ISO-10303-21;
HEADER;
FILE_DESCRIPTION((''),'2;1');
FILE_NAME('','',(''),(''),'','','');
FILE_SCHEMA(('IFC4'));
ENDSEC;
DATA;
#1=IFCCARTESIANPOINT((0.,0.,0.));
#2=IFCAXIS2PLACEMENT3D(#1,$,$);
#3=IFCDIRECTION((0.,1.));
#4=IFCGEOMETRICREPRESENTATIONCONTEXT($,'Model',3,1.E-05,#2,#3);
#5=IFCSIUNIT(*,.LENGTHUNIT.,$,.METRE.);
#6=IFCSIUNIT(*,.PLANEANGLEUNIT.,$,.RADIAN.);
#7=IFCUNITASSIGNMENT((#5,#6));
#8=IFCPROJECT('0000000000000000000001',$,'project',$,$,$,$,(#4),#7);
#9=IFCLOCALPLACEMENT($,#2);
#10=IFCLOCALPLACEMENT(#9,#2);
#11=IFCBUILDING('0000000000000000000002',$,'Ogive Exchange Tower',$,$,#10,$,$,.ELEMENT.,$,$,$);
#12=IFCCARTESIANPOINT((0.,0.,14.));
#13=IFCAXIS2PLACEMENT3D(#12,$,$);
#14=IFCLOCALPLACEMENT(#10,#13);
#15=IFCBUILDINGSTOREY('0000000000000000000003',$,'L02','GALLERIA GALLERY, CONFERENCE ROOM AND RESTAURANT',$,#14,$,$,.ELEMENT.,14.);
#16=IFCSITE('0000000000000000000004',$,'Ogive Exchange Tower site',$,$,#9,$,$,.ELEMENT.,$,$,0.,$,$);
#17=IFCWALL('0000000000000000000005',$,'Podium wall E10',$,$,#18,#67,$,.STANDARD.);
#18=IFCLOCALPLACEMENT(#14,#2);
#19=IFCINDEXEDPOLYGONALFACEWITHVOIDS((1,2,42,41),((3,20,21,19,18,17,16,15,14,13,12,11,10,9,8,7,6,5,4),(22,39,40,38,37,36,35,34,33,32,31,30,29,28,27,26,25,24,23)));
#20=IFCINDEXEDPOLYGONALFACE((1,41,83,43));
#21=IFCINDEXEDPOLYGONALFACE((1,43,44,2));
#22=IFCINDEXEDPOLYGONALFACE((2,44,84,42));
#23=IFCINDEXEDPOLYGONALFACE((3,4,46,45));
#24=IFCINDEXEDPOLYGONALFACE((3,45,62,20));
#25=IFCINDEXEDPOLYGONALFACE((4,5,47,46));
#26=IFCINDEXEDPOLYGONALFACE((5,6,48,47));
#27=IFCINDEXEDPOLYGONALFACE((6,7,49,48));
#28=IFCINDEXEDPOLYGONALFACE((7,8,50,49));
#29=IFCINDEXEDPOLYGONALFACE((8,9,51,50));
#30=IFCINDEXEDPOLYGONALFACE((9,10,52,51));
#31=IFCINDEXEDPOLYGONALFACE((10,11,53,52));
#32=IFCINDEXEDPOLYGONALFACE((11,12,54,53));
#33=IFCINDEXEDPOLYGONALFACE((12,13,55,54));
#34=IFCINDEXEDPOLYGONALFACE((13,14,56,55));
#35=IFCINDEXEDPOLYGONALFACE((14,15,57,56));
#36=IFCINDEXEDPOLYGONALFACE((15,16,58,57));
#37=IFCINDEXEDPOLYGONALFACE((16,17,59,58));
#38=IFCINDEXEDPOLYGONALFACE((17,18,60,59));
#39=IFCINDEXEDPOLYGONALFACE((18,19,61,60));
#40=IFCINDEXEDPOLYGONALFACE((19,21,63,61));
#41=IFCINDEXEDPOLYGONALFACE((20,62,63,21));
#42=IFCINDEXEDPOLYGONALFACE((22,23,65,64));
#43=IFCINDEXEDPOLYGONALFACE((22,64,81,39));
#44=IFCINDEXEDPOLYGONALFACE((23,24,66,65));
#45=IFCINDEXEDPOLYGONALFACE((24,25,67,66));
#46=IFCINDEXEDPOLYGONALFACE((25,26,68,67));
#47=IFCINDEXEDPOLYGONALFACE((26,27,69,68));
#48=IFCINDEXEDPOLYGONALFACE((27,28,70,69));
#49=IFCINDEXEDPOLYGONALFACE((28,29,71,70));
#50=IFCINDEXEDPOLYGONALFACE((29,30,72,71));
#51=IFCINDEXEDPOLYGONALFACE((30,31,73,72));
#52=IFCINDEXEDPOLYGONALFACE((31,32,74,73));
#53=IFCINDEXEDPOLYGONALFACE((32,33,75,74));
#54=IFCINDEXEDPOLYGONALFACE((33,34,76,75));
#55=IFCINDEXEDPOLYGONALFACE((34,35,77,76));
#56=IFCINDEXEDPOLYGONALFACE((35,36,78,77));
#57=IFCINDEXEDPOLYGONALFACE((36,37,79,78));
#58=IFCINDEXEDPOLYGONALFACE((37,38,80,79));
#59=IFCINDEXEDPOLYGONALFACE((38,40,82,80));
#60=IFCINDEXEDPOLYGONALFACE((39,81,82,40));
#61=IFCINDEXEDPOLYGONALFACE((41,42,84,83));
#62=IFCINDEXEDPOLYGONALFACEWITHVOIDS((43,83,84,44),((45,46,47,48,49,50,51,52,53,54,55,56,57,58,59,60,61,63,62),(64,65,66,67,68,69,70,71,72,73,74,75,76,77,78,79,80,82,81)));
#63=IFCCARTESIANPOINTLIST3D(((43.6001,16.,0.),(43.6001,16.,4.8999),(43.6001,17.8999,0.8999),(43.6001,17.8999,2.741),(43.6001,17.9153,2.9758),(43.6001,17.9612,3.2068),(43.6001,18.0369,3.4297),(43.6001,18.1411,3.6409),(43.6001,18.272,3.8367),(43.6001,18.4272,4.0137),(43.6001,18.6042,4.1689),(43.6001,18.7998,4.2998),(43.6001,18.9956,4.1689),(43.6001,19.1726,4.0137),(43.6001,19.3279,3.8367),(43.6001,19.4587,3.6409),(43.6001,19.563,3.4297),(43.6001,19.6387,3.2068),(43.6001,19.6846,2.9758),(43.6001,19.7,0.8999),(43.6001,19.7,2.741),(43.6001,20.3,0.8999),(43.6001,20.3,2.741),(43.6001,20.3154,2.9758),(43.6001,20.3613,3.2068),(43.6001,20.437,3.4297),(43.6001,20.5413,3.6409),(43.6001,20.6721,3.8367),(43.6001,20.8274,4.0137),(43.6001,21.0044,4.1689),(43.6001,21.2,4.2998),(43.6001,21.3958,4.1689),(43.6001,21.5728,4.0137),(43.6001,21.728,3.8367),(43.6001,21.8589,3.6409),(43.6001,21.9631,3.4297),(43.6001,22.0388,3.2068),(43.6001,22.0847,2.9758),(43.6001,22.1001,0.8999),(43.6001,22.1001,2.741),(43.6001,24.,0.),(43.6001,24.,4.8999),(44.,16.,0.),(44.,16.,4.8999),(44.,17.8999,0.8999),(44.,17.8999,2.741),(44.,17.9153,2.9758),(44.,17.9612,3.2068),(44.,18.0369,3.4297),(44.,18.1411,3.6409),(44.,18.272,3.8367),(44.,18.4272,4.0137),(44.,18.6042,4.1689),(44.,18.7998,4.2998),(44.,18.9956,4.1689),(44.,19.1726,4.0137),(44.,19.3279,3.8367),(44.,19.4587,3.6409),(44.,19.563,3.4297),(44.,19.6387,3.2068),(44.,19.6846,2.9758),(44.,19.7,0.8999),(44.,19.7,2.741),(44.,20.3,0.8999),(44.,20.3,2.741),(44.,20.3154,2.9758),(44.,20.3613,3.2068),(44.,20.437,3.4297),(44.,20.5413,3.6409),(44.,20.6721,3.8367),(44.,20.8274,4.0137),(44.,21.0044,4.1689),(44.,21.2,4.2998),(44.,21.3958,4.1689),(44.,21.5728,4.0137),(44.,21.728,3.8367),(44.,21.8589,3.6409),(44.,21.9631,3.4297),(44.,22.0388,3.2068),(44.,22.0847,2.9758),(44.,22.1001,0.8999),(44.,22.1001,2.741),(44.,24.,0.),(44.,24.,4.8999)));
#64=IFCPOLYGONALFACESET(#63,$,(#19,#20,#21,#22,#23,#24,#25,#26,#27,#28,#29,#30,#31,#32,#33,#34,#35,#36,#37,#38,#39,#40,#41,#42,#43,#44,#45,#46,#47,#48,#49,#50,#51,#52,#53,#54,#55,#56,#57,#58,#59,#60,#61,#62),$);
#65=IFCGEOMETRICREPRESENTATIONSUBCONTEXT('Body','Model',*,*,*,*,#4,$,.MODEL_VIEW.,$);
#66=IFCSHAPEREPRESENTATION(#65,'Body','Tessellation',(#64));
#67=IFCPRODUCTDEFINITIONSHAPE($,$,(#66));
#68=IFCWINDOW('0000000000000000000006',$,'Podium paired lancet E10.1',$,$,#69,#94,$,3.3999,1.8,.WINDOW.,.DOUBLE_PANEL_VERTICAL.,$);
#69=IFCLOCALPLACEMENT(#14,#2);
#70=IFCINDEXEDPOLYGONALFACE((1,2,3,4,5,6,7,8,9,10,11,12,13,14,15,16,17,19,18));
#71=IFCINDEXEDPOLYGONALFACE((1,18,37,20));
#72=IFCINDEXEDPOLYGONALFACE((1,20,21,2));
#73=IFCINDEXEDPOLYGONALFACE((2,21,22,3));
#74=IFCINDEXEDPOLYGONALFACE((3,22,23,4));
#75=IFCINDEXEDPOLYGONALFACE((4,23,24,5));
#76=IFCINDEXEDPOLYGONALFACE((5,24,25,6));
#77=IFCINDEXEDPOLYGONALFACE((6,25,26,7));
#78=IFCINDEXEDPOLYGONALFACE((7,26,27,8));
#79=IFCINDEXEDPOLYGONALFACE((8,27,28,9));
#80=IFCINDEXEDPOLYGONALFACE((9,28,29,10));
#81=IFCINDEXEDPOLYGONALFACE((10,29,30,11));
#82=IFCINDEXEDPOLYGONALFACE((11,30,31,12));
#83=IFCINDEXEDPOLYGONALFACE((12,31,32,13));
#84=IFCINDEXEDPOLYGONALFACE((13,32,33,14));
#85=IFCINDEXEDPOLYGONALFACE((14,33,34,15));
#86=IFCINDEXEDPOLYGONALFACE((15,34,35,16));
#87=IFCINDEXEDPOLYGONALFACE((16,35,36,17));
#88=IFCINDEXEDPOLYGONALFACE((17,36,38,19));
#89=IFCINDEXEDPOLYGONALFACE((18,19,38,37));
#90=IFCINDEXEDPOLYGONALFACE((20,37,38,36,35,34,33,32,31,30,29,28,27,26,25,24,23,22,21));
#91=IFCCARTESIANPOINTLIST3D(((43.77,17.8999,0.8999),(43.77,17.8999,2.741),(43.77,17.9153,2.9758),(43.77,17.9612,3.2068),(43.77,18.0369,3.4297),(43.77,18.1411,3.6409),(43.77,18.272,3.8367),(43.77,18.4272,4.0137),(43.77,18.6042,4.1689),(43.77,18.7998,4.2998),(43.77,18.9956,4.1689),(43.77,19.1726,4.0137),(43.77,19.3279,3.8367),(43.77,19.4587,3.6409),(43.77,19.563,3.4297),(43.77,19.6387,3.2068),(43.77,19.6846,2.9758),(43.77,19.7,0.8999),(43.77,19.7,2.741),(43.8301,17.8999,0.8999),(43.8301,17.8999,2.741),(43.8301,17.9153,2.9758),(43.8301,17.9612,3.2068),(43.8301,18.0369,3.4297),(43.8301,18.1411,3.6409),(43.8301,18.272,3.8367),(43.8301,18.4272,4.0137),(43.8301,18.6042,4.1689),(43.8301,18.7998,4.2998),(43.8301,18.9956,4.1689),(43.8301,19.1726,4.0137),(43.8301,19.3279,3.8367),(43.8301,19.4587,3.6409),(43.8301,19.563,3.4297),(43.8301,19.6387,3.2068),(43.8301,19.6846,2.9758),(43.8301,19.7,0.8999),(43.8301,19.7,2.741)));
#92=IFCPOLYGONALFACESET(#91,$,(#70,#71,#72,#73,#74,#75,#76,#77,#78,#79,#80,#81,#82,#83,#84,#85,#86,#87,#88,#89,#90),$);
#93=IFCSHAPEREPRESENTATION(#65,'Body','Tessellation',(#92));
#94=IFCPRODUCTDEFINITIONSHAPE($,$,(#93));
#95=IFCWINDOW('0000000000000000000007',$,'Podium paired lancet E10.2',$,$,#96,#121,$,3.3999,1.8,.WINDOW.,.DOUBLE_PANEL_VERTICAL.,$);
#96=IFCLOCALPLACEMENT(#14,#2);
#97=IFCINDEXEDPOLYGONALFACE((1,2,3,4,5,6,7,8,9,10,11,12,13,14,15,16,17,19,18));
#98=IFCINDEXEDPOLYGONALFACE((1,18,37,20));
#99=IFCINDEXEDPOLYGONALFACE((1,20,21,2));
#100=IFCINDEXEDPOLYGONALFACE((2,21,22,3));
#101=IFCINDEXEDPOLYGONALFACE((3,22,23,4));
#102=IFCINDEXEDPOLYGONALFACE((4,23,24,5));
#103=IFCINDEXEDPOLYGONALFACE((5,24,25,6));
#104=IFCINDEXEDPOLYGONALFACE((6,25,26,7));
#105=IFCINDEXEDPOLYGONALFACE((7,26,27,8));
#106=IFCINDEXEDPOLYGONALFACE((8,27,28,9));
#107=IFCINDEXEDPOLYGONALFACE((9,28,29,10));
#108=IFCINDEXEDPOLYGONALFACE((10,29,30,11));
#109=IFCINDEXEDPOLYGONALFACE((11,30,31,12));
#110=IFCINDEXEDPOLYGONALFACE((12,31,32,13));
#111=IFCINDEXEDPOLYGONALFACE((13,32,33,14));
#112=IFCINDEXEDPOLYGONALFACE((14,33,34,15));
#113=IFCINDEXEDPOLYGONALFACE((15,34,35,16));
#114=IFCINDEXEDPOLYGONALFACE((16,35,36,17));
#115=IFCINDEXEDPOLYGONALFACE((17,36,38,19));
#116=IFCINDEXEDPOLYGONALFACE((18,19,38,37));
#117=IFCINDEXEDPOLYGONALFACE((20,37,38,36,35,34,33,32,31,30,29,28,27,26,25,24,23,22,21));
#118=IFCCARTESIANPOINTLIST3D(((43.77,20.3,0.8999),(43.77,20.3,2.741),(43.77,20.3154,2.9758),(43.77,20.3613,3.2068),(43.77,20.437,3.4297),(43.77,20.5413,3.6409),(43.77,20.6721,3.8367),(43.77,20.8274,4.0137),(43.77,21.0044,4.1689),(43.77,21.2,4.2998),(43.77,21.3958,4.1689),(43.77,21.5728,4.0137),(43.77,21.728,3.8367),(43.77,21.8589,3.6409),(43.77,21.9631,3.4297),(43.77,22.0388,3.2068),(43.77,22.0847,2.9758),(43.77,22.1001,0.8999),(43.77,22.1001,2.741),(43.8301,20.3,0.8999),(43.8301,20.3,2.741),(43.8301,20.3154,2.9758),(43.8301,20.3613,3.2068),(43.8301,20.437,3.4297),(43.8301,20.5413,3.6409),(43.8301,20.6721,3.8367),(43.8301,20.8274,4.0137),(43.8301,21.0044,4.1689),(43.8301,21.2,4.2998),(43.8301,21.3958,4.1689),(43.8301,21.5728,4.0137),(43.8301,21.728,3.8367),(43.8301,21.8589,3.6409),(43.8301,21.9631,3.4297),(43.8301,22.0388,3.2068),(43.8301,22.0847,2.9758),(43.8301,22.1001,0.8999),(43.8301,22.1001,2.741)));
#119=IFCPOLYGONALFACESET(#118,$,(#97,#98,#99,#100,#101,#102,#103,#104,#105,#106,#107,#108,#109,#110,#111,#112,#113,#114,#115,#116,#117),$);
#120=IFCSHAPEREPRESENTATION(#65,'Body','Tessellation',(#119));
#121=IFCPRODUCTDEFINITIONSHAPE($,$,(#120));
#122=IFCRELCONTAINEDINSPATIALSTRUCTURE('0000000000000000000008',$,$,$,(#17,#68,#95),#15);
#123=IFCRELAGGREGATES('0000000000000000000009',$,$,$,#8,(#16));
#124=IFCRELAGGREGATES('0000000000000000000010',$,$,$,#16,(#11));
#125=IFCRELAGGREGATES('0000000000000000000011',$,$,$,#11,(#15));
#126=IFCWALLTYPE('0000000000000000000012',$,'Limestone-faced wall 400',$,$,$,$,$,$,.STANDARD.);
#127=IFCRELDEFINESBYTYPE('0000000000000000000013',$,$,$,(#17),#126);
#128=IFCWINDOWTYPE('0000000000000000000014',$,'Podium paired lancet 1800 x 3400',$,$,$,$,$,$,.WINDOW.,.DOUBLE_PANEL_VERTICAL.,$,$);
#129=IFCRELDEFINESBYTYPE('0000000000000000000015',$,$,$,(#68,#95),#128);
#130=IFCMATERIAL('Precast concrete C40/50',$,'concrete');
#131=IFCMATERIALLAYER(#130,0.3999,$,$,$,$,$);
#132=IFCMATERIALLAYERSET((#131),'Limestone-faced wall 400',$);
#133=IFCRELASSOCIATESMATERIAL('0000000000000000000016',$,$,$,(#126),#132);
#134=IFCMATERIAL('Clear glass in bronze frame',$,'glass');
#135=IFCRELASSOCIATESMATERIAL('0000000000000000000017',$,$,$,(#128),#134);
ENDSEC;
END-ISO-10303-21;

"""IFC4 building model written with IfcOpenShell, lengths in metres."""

from ifc_helpers import new_model, si_unit, direction, frame, frame_2d, origin, place, context, subcontext, project, spatial, polyline, rectangle, outline, extrude, material, layer, layer_set, type_object, element, fill, save


model = new_model("IFC4")

# Units and contexts
model_context = context("Model", 3, precision=1e-05, world=origin(), true_north=direction((0.0, 1.0)))
body_context = subcontext(model_context, "Body", "Model", "MODEL_VIEW")
ifc_project = project(units=[si_unit("LENGTHUNIT", "METRE"), si_unit("PLANEANGLEUNIT", "RADIAN")], contexts=[model_context])

# Site, building, storey
site_placement = place(None, origin())
site = spatial("IfcSite", under=ifc_project, at=site_placement, Name="Ogive Exchange Tower site", CompositionType="ELEMENT", RefElevation=0.0)
building_placement = place(site_placement, origin())
building = spatial("IfcBuilding", under=site, at=building_placement, Name="Ogive Exchange Tower", CompositionType="ELEMENT")
storey_placement = place(building_placement, frame((0.0, 0.0, 14.0)))
storey = spatial("IfcBuildingStorey", under=building, at=storey_placement, Name="L02", Description="GALLERIA GALLERY, CONFERENCE ROOM AND RESTAURANT", CompositionType="ELEMENT", Elevation=14.0)

# Wall, openings, windows
ifc_material_1 = material(Name="Precast concrete C40/50", Category="concrete")
ifc_layer_1 = layer(ifc_material_1, 0.3999)
ifc_layer_set_1 = layer_set([ifc_layer_1], Name="Limestone-faced wall 400")
wall_type_1 = type_object("IfcWallType", Name="Limestone-faced wall 400", PredefinedType="STANDARD", material=ifc_layer_set_1)
wall_1_placement = place(storey_placement, frame((43.8, 16.0, 0.0), z_axis=(0.0, 0.0, 1.0), x_axis=(0.0, 1.0, 0.0)))
wall_1 = element("IfcWall", 1, at=wall_1_placement, inside=storey, type_object=wall_type_1, Name="Podium wall E10", PredefinedType="STANDARD", context=body_context, shape_type="SweptSolid", body=[
    extrude(rectangle(XDim=8.0, YDim=0.3999, at=frame_2d((4.0, 0.0))), origin(), (0.0, 0.0, 1.0), 4.8999),
])
opening_1_placement = place(wall_1_placement, frame((1.8999, 0.0, 0.8999)))
opening_1 = element("IfcOpeningElement", 2, at=opening_1_placement, cuts=wall_1, PredefinedType="OPENING", context=body_context, shape_type="SweptSolid", body=[
    extrude(outline(polyline([(0.0, 0.0), (1.8, 0.0), (1.8, 1.8411), (1.7847, 2.0759), (1.7388, 2.3069), (1.6631, 2.5298), (1.5588, 2.741), (1.428, 2.9368), (1.2727, 3.1138), (1.0957, 3.269), (0.8999, 3.3999), (0.7043, 3.269), (0.5273, 3.1138), (0.3721, 2.9368), (0.2412, 2.741), (0.137, 2.5298), (0.0613, 2.3069), (0.0154, 2.0759), (0.0, 1.8411), (0.0, 0.0)])), frame((0.0, 0.21, 0.0), z_axis=(0.0, -1.0, 0.0), x_axis=(1.0, 0.0, 0.0)), (0.0, 0.0, 1.0), 0.4199),
])
opening_2_placement = place(wall_1_placement, frame((4.3, 0.0, 0.8999)))
opening_2 = element("IfcOpeningElement", 3, at=opening_2_placement, cuts=wall_1, PredefinedType="OPENING", context=body_context, shape_type="SweptSolid", body=[
    extrude(outline(polyline([(0.0, 0.0), (1.8, 0.0), (1.8, 1.8411), (1.7847, 2.0759), (1.7388, 2.3069), (1.6631, 2.5298), (1.5588, 2.741), (1.428, 2.9368), (1.2727, 3.1138), (1.0957, 3.269), (0.8999, 3.3999), (0.7043, 3.269), (0.5273, 3.1138), (0.3721, 2.9368), (0.2412, 2.741), (0.137, 2.5298), (0.0613, 2.3069), (0.0154, 2.0759), (0.0, 1.8411), (0.0, 0.0)])), frame((0.0, 0.21, 0.0), z_axis=(0.0, -1.0, 0.0), x_axis=(1.0, 0.0, 0.0)), (0.0, 0.0, 1.0), 0.4199),
])
ifc_material_2 = material(Name="Clear glass in bronze frame", Category="glass")
window_type_1 = type_object("IfcWindowType", Name="Podium paired lancet 1800 x 3400", PartitioningType="DOUBLE_PANEL_VERTICAL", PredefinedType="WINDOW", material=ifc_material_2)
window_1_placement = place(opening_1_placement, origin())
window_1 = element("IfcWindow", 4, at=window_1_placement, inside=storey, type_object=window_type_1, Name="Podium paired lancet E10.1", OverallHeight=3.3999, OverallWidth=1.8, PartitioningType="DOUBLE_PANEL_VERTICAL", PredefinedType="WINDOW", context=body_context, shape_type="SweptSolid", body=[
    extrude(outline(polyline([(0.0, 0.0), (1.8, 0.0), (1.8, 1.8411), (1.7847, 2.0759), (1.7388, 2.3069), (1.6631, 2.5298), (1.5588, 2.741), (1.428, 2.9368), (1.2727, 3.1138), (1.0957, 3.269), (0.8999, 3.3999), (0.7043, 3.269), (0.5273, 3.1138), (0.3721, 2.9368), (0.2412, 2.741), (0.137, 2.5298), (0.0613, 2.3069), (0.0154, 2.0759), (0.0, 1.8411), (0.0, 0.0)])), frame((0.0, 0.03, 0.0), z_axis=(0.0, -1.0, 0.0), x_axis=(1.0, 0.0, 0.0)), (0.0, 0.0, 1.0), 0.0601),
])
fill(opening_1, window_1)
window_2_placement = place(opening_2_placement, origin())
window_2 = element("IfcWindow", 5, at=window_2_placement, inside=storey, type_object=window_type_1, Name="Podium paired lancet E10.2", OverallHeight=3.3999, OverallWidth=1.8, PartitioningType="DOUBLE_PANEL_VERTICAL", PredefinedType="WINDOW", context=body_context, shape_type="SweptSolid", body=[
    extrude(outline(polyline([(0.0, 0.0), (1.8, 0.0), (1.8, 1.8411), (1.7847, 2.0759), (1.7388, 2.3069), (1.6631, 2.5298), (1.5588, 2.741), (1.428, 2.9368), (1.2727, 3.1138), (1.0957, 3.269), (0.8999, 3.3999), (0.7043, 3.269), (0.5273, 3.1138), (0.3721, 2.9368), (0.2412, 2.741), (0.137, 2.5298), (0.0613, 2.3069), (0.0154, 2.0759), (0.0, 1.8411), (0.0, 0.0)])), frame((0.0, 0.03, 0.0), z_axis=(0.0, -1.0, 0.0), x_axis=(1.0, 0.0, 0.0)), (0.0, 0.0, 1.0), 0.0601),
])
fill(opening_2, window_2)

save(model, "model.ifc")
